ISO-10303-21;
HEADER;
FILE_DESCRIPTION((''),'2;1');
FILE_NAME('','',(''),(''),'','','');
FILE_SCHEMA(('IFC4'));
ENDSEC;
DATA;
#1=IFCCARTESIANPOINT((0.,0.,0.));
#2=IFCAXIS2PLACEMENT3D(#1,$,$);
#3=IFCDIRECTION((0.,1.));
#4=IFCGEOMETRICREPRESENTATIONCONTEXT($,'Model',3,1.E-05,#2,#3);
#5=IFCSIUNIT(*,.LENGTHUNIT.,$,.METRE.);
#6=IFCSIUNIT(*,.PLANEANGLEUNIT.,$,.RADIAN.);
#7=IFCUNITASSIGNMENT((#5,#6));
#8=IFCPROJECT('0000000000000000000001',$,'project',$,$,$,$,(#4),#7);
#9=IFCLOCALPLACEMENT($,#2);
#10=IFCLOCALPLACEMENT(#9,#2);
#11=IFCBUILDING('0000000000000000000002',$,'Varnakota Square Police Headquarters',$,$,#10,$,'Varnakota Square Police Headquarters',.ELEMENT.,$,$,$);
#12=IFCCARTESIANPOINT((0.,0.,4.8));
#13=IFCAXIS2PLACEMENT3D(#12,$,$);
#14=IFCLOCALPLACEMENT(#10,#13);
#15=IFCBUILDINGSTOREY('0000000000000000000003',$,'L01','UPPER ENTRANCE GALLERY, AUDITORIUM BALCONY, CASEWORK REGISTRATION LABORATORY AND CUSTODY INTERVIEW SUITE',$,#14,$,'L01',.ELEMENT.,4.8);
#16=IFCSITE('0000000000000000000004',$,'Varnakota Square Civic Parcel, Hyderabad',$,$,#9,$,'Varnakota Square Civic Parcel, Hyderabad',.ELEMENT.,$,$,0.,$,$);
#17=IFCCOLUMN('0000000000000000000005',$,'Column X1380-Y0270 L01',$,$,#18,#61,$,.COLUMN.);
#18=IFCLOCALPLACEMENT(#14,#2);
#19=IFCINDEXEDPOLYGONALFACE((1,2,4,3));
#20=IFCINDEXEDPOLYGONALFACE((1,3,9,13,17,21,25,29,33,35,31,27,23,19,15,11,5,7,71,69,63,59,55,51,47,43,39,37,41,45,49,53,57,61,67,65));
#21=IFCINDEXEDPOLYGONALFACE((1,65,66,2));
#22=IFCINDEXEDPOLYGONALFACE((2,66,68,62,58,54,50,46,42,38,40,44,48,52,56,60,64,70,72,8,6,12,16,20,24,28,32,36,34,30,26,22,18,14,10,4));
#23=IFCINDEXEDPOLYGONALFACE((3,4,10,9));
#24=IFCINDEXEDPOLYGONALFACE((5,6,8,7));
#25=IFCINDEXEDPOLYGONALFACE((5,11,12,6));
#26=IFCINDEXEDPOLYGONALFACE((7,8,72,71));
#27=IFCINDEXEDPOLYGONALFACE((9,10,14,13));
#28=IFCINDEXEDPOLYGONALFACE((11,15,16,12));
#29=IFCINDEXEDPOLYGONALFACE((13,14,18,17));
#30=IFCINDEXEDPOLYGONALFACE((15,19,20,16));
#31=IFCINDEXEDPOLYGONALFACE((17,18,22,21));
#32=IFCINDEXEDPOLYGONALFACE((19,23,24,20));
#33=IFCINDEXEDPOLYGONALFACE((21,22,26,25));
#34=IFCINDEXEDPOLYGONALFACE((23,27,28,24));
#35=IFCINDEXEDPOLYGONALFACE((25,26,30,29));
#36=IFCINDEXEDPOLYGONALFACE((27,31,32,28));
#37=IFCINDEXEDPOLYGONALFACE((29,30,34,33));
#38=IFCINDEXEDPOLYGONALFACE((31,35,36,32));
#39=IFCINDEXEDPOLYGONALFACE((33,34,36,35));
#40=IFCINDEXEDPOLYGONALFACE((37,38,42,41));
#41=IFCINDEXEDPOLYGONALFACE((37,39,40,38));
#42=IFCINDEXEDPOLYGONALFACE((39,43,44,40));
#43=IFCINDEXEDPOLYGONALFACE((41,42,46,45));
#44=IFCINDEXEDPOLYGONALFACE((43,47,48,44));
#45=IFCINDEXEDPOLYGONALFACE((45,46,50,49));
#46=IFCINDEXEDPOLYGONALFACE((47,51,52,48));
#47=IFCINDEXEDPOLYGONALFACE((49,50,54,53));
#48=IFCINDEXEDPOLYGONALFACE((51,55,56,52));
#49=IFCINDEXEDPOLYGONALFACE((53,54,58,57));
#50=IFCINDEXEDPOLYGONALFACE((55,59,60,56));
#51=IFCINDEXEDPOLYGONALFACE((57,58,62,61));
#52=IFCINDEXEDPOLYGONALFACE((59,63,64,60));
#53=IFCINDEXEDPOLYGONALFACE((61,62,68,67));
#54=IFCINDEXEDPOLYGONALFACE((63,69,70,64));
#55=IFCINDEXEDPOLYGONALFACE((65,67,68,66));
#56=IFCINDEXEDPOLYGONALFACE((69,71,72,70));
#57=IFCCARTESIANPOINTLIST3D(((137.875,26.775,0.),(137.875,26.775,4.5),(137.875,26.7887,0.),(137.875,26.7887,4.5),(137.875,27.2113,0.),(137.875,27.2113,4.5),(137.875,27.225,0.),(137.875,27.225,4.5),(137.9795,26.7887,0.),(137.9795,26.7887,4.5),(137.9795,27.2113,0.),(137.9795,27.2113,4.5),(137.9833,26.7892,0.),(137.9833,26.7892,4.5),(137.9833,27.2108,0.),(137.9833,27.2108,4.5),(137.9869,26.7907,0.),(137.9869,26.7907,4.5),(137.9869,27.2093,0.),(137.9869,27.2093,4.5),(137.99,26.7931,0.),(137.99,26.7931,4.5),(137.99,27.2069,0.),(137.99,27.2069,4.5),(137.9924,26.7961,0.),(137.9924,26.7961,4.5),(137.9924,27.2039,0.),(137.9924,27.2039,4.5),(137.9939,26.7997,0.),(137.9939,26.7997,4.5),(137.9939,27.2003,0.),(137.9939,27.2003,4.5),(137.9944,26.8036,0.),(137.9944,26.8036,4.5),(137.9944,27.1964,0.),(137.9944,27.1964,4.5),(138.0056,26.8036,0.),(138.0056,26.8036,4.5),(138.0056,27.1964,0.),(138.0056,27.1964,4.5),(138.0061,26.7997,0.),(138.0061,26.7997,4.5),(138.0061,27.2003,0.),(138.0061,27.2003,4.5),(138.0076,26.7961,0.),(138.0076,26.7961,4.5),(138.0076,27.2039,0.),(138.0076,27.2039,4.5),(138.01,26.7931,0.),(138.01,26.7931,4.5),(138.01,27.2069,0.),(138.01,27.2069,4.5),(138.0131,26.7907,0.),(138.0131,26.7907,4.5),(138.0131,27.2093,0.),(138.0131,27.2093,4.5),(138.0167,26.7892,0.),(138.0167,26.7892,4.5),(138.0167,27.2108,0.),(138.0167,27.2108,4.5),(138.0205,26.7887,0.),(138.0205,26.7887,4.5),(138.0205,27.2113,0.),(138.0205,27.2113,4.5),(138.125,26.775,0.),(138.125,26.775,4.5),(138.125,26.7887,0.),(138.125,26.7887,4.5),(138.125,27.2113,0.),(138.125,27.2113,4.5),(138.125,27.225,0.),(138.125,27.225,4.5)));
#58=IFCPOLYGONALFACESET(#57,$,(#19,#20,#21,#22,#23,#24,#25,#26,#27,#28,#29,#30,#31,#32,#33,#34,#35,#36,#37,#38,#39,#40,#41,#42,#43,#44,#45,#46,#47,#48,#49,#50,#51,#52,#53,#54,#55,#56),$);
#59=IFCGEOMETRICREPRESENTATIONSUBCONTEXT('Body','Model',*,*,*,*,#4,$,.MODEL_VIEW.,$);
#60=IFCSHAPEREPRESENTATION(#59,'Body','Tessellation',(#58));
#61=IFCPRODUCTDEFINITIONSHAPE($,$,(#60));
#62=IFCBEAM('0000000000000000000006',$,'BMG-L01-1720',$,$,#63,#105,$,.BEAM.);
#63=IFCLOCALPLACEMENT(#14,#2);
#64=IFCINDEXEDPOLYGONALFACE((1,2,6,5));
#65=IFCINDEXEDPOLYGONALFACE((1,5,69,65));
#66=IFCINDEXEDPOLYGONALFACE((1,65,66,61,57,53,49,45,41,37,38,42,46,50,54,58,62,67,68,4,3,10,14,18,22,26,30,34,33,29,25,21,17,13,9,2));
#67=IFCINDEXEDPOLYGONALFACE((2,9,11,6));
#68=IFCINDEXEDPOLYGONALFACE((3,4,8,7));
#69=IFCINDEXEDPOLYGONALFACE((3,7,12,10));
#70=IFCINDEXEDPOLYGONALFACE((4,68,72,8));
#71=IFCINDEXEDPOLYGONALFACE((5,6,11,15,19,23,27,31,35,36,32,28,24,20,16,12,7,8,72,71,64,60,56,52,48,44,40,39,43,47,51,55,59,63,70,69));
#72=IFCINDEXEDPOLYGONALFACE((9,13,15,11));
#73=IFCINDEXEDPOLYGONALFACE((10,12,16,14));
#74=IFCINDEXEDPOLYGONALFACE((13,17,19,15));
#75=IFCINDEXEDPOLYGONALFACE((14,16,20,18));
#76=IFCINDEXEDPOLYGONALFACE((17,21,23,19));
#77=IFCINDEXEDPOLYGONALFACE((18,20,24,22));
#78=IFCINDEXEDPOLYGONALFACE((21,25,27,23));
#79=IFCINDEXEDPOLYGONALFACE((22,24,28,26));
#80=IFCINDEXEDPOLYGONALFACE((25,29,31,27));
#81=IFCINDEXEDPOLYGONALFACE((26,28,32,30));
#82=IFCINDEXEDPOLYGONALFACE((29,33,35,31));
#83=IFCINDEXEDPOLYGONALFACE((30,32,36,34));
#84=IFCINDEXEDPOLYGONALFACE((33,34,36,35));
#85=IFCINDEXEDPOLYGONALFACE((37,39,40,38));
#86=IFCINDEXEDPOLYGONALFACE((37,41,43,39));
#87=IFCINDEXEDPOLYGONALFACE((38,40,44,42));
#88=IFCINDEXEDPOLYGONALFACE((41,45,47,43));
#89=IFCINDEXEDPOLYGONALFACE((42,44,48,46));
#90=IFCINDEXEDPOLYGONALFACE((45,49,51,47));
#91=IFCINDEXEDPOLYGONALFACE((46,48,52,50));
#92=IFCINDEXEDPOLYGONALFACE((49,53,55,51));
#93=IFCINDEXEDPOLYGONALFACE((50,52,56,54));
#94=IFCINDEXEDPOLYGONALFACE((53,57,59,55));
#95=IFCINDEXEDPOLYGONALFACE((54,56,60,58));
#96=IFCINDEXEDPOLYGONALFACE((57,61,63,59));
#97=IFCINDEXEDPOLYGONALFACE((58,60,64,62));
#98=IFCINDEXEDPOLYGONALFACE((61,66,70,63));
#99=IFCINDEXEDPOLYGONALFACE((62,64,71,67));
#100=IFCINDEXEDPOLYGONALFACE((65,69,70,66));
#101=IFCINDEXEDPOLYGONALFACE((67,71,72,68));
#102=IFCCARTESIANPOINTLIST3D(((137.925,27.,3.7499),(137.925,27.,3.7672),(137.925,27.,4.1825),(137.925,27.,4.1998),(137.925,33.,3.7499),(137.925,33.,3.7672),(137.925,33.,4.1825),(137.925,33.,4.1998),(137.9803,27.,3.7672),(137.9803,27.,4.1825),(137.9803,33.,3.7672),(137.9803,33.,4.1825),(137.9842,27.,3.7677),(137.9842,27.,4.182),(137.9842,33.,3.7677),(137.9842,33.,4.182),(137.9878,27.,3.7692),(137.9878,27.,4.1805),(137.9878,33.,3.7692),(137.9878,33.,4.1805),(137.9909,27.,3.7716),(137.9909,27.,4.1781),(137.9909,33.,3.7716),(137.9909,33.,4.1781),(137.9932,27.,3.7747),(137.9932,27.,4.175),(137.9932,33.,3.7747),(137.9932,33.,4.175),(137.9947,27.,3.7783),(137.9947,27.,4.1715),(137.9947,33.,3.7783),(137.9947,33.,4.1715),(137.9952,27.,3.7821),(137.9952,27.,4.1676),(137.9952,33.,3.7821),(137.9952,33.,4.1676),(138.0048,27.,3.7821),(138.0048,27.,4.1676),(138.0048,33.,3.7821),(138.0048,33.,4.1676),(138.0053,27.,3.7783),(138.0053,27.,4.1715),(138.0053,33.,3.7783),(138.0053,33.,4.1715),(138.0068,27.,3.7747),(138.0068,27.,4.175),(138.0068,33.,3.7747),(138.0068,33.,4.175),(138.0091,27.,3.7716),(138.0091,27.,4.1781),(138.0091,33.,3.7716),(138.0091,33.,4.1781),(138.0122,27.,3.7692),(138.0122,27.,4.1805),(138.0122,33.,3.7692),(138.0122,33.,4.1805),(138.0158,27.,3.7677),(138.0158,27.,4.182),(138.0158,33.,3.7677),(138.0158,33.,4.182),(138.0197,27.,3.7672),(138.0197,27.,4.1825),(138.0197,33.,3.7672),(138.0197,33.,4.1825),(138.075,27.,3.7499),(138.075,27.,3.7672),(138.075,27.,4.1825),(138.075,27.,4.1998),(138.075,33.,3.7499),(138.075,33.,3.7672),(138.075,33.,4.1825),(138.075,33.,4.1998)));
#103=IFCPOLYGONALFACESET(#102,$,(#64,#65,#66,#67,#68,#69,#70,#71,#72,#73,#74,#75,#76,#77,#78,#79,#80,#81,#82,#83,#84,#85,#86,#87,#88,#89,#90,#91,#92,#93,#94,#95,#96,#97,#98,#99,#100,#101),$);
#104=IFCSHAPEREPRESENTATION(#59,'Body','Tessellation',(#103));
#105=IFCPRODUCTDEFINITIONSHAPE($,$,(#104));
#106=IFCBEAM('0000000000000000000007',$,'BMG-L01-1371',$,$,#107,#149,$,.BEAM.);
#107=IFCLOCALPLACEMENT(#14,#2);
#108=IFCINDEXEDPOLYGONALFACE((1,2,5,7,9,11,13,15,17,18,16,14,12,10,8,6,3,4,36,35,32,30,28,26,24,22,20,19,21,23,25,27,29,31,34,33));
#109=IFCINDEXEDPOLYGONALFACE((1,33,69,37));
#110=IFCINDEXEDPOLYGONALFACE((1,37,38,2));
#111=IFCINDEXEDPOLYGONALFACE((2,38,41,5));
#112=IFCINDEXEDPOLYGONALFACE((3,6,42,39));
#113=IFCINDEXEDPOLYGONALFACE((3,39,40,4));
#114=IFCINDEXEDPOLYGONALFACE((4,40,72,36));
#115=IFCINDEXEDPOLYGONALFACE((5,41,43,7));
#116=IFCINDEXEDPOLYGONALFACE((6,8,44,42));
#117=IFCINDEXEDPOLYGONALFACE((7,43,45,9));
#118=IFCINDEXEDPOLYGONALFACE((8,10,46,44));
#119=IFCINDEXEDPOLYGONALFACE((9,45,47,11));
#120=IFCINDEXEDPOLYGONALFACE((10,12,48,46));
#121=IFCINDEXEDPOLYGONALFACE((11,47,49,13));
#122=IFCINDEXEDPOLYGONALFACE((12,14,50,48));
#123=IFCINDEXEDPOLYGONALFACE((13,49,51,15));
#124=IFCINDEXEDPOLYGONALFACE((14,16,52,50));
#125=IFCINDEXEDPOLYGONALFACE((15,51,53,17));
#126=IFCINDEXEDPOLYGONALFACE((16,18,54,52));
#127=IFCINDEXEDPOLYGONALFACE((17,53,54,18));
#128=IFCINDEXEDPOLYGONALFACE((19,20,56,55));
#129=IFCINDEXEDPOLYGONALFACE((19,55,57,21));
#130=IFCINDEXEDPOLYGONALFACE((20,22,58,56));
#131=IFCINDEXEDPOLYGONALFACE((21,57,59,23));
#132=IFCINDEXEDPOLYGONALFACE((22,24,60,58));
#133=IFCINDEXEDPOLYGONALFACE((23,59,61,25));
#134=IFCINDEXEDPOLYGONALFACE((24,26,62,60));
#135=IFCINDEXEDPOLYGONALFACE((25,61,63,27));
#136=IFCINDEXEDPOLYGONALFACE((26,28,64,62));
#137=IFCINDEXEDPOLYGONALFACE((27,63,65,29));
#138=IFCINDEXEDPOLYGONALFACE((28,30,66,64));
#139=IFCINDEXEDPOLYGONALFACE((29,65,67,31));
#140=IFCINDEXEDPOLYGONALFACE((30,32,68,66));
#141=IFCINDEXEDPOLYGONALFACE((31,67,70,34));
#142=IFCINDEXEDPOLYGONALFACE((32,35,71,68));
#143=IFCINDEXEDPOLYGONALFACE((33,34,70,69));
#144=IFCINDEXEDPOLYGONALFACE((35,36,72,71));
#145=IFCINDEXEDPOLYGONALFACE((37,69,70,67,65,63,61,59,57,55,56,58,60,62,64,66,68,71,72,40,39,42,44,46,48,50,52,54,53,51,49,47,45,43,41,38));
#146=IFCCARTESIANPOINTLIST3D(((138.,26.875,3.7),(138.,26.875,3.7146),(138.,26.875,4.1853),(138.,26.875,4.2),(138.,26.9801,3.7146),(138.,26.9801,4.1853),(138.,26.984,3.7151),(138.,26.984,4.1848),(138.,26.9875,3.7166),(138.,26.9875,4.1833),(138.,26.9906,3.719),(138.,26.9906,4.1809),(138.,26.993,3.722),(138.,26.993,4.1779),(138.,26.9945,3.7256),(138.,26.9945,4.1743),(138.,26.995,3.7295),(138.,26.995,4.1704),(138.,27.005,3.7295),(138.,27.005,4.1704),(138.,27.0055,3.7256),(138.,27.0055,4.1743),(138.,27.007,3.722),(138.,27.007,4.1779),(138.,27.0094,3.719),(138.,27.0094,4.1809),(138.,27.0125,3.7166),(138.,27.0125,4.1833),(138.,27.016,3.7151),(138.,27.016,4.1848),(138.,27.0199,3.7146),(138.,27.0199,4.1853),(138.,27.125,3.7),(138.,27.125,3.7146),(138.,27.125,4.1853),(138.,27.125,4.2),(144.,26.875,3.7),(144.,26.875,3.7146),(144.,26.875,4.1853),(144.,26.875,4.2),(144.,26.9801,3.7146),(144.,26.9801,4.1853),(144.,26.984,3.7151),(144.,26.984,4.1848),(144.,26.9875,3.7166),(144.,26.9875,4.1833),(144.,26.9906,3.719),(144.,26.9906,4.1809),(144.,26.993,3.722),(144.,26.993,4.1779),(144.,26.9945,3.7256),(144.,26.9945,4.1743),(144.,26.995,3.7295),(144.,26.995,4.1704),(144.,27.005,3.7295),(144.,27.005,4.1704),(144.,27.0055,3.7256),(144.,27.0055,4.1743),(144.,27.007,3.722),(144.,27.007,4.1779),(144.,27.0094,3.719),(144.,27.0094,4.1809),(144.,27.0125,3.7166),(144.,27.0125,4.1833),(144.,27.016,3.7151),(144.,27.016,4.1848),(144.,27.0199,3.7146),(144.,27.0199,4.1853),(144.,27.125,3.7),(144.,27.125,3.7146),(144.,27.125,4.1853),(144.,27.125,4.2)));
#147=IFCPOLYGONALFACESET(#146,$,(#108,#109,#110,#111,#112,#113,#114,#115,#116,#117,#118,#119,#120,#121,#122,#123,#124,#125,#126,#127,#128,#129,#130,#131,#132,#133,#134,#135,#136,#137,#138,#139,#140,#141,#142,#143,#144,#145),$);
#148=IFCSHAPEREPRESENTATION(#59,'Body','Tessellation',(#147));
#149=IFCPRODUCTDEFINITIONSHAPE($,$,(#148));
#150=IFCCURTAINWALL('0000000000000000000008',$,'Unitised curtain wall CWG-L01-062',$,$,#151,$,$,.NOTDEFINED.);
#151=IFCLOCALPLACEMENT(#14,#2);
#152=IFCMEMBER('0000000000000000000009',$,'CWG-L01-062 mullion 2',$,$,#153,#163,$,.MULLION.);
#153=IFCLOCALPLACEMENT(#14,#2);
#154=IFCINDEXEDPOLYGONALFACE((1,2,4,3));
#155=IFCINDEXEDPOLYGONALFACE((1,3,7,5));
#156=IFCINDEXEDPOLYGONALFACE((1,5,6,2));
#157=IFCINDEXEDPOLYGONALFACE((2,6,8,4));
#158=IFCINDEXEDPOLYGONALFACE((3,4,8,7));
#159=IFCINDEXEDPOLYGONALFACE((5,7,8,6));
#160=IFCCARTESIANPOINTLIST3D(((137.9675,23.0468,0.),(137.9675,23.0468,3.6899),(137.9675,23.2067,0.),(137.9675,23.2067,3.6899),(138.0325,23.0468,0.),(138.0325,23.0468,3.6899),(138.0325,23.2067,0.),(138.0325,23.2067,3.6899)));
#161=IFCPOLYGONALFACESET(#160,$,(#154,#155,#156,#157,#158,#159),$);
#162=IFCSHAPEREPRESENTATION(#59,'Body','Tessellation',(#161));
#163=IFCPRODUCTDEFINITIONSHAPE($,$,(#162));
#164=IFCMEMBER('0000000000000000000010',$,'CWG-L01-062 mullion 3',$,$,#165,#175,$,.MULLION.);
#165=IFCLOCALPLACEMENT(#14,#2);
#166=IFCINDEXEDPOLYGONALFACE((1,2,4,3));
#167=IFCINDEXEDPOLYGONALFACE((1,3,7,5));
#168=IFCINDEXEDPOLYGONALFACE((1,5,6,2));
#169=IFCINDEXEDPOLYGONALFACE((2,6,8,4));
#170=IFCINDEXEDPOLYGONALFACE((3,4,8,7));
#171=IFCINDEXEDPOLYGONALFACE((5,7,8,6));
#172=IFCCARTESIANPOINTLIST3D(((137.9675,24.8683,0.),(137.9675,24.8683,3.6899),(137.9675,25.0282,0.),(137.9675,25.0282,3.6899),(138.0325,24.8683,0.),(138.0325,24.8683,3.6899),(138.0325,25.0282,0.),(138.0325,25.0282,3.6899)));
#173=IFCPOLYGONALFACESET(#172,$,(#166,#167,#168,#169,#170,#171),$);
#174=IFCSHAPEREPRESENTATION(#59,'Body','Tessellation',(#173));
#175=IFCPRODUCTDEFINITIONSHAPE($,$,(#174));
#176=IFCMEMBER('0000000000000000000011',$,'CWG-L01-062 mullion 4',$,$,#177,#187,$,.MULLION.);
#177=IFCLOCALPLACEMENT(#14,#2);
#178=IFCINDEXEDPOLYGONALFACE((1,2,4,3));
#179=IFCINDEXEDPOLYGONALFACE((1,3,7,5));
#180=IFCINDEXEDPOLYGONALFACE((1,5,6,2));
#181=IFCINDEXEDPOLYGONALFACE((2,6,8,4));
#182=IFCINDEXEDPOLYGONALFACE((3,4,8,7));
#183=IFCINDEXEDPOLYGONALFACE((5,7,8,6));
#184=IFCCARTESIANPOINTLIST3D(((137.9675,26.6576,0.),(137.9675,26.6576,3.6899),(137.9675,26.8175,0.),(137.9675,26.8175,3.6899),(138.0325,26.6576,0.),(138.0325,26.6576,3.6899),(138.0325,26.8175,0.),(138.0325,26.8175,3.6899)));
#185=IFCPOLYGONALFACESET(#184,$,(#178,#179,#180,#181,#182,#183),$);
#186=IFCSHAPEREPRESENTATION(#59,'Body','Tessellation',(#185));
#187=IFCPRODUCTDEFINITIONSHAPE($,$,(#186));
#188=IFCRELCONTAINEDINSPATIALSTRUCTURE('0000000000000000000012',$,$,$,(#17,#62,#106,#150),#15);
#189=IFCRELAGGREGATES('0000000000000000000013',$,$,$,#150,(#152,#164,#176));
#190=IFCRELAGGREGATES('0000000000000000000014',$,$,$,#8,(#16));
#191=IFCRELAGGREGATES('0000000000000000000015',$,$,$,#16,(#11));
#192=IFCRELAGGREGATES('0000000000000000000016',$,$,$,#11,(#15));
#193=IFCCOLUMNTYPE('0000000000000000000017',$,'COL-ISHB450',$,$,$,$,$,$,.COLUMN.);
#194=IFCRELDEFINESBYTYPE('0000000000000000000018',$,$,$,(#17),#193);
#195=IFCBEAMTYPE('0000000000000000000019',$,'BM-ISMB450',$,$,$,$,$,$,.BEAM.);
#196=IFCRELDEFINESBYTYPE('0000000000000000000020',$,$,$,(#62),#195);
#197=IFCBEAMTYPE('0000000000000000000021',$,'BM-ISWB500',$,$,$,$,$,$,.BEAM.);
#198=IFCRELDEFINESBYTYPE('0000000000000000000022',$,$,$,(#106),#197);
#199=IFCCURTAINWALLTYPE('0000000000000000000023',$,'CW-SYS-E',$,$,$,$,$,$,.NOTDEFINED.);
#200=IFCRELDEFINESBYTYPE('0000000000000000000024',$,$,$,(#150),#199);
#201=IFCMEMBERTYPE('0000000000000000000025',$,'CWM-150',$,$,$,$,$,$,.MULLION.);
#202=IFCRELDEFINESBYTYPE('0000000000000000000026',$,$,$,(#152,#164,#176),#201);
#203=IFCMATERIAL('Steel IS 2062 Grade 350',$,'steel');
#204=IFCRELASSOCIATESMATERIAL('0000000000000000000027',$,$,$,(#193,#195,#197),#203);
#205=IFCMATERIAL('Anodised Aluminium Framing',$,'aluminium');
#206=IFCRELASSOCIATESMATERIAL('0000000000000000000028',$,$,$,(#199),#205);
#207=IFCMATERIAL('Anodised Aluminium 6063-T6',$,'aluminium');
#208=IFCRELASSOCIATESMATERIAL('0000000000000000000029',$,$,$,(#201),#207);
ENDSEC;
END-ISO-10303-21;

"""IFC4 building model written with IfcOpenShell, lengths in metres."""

from ifc_helpers import new_model, si_unit, direction, frame, origin, origin_2d, place, context, subcontext, project, spatial, rectangle, i_section, extrude, material, material_profile, profile_set, type_object, element, aggregate, save


model = new_model("IFC4")

# Units and contexts
model_context = context("Model", 3, precision=1e-05, world=origin(), true_north=direction((0.0, 1.0)))
body_context = subcontext(model_context, "Body", "Model", "MODEL_VIEW")
ifc_project = project(units=[si_unit("LENGTHUNIT", "METRE"), si_unit("PLANEANGLEUNIT", "RADIAN")], contexts=[model_context])

# Site, building, storey
site_placement = place(None, origin())
site = spatial("IfcSite", under=ifc_project, at=site_placement, Name="Varnakota Square Civic Parcel, Hyderabad", LongName="Varnakota Square Civic Parcel, Hyderabad", CompositionType="ELEMENT", RefElevation=0.0)
building_placement = place(site_placement, origin())
building = spatial("IfcBuilding", under=site, at=building_placement, Name="Varnakota Square Police Headquarters", LongName="Varnakota Square Police Headquarters", CompositionType="ELEMENT")
storey_placement = place(building_placement, frame((0.0, 0.0, 4.8)))
storey = spatial("IfcBuildingStorey", under=building, at=storey_placement, Name="L01", Description="UPPER ENTRANCE GALLERY, AUDITORIUM BALCONY, CASEWORK REGISTRATION LABORATORY AND CUSTODY INTERVIEW SUITE", LongName="L01", CompositionType="ELEMENT", Elevation=4.8)

# Column
ifc_material_1 = material(Name="Steel IS 2062 Grade 350", Category="steel")
ifc_material_profile_1 = material_profile(ifc_material_1, i_section(OverallWidth=0.25, OverallDepth=0.45, WebThickness=0.0112, FlangeThickness=0.0137, FilletRadius=0.0149, at=origin_2d()), Name="ISHB 450")
ifc_profile_set_1 = profile_set([ifc_material_profile_1], Name="Steel IS 2062 Grade 350")
column_type = type_object("IfcColumnType", Name="COL-ISHB450", PredefinedType="COLUMN", material=ifc_profile_set_1)
column_placement = place(storey_placement, frame((138.0, 27.0, 0.0), z_axis=(0.0, 0.0, 1.0), x_axis=(1.0, 0.0, 0.0)))
element("IfcColumn", 1, at=column_placement, inside=storey, type_object=column_type, Name="Column X1380-Y0270 L01", PredefinedType="COLUMN", context=body_context, shape_type="SweptSolid", body=[
    extrude(i_section(OverallWidth=0.25, OverallDepth=0.45, WebThickness=0.0112, FlangeThickness=0.0137, FilletRadius=0.0149, at=origin_2d()), origin(), (0.0, 0.0, 1.0), 4.5),
])

# Beams
ifc_material_profile_2 = material_profile(ifc_material_1, i_section(OverallWidth=0.1499, OverallDepth=0.45, WebThickness=0.0095, FlangeThickness=0.0173, FilletRadius=0.0149, at=origin_2d()), Name="ISMB 450")
ifc_profile_set_2 = profile_set([ifc_material_profile_2], Name="Steel IS 2062 Grade 350")
beam_type_1 = type_object("IfcBeamType", Name="BM-ISMB450", PredefinedType="BEAM", material=ifc_profile_set_2)
beam_1_placement = place(storey_placement, frame((138.0, 27.0, 3.9749), z_axis=(0.0, 1.0, 0.0), x_axis=(-1.0, 0.0, 0.0)))
element("IfcBeam", 2, at=beam_1_placement, inside=storey, type_object=beam_type_1, Name="BMG-L01-1720", PredefinedType="BEAM", context=body_context, shape_type="SweptSolid", body=[
    extrude(i_section(OverallWidth=0.1499, OverallDepth=0.45, WebThickness=0.0095, FlangeThickness=0.0173, FilletRadius=0.0149, at=origin_2d()), origin(), (0.0, 0.0, 1.0), 6.0),
])
ifc_material_profile_3 = material_profile(ifc_material_1, i_section(OverallWidth=0.25, OverallDepth=0.5, WebThickness=0.01, FlangeThickness=0.0146, FilletRadius=0.0149, at=origin_2d()), Name="ISWB 500")
ifc_profile_set_3 = profile_set([ifc_material_profile_3], Name="Steel IS 2062 Grade 350")
beam_type_2 = type_object("IfcBeamType", Name="BM-ISWB500", PredefinedType="BEAM", material=ifc_profile_set_3)
beam_2_placement = place(storey_placement, frame((138.0, 27.0, 3.95), z_axis=(1.0, 0.0, 0.0), x_axis=(0.0, 1.0, 0.0)))
element("IfcBeam", 3, at=beam_2_placement, inside=storey, type_object=beam_type_2, Name="BMG-L01-1371", PredefinedType="BEAM", context=body_context, shape_type="SweptSolid", body=[
    extrude(i_section(OverallWidth=0.25, OverallDepth=0.5, WebThickness=0.01, FlangeThickness=0.0146, FilletRadius=0.0149, at=origin_2d()), origin(), (0.0, 0.0, 1.0), 6.0),
])

# Curtain wall, members
ifc_material_2 = material(Name="Anodised Aluminium Framing", Category="aluminium")
curtain_wall_type = type_object("IfcCurtainWallType", Name="CW-SYS-E", PredefinedType="NOTDEFINED", material=ifc_material_2)
curtain_wall_1_placement = place(storey_placement, origin())
curtain_wall_1 = element("IfcCurtainWall", 4, at=curtain_wall_1_placement, inside=storey, type_object=curtain_wall_type, Name="Unitised curtain wall CWG-L01-062", PredefinedType="NOTDEFINED")
ifc_material_3 = material(Name="Anodised Aluminium 6063-T6", Category="aluminium")
ifc_material_profile_4 = material_profile(ifc_material_3, rectangle(XDim=0.0649, YDim=0.1599, at=origin_2d()), Name="ALU MULLION 65x160")
ifc_profile_set_4 = profile_set([ifc_material_profile_4], Name="Anodised Aluminium 6063-T6")
member_type_1 = type_object("IfcMemberType", Name="CWM-150", PredefinedType="MULLION", material=ifc_profile_set_4)
member_1_placement = place(storey_placement, frame((138.0, 23.1267, 0.0), z_axis=(0.0, 0.0, 1.0), x_axis=(-1.0, 0.0, 0.0)))
member_1 = element("IfcMember", 5, at=member_1_placement, type_object=member_type_1, Name="CWG-L01-062 mullion 2", PredefinedType="MULLION", context=body_context, shape_type="SweptSolid", body=[
    extrude(rectangle(XDim=0.0649, YDim=0.1599, at=origin_2d()), origin(), (0.0, 0.0, 1.0), 3.6899),
])
member_2_placement = place(storey_placement, frame((138.0, 24.9482, 0.0), z_axis=(0.0, 0.0, 1.0), x_axis=(-1.0, 0.0, 0.0)))
member_2 = element("IfcMember", 6, at=member_2_placement, type_object=member_type_1, Name="CWG-L01-062 mullion 3", PredefinedType="MULLION", context=body_context, shape_type="SweptSolid", body=[
    extrude(rectangle(XDim=0.0649, YDim=0.1599, at=origin_2d()), origin(), (0.0, 0.0, 1.0), 3.6899),
])
member_3_placement = place(storey_placement, frame((138.0, 26.7375, 0.0), z_axis=(0.0, 0.0, 1.0), x_axis=(-1.0, 0.0, 0.0)))
member_3 = element("IfcMember", 7, at=member_3_placement, type_object=member_type_1, Name="CWG-L01-062 mullion 4", PredefinedType="MULLION", context=body_context, shape_type="SweptSolid", body=[
    extrude(rectangle(XDim=0.0649, YDim=0.1599, at=origin_2d()), origin(), (0.0, 0.0, 1.0), 3.6899),
])

aggregate(curtain_wall_1, [member_1, member_2, member_3])

save(model, "model.ifc")
